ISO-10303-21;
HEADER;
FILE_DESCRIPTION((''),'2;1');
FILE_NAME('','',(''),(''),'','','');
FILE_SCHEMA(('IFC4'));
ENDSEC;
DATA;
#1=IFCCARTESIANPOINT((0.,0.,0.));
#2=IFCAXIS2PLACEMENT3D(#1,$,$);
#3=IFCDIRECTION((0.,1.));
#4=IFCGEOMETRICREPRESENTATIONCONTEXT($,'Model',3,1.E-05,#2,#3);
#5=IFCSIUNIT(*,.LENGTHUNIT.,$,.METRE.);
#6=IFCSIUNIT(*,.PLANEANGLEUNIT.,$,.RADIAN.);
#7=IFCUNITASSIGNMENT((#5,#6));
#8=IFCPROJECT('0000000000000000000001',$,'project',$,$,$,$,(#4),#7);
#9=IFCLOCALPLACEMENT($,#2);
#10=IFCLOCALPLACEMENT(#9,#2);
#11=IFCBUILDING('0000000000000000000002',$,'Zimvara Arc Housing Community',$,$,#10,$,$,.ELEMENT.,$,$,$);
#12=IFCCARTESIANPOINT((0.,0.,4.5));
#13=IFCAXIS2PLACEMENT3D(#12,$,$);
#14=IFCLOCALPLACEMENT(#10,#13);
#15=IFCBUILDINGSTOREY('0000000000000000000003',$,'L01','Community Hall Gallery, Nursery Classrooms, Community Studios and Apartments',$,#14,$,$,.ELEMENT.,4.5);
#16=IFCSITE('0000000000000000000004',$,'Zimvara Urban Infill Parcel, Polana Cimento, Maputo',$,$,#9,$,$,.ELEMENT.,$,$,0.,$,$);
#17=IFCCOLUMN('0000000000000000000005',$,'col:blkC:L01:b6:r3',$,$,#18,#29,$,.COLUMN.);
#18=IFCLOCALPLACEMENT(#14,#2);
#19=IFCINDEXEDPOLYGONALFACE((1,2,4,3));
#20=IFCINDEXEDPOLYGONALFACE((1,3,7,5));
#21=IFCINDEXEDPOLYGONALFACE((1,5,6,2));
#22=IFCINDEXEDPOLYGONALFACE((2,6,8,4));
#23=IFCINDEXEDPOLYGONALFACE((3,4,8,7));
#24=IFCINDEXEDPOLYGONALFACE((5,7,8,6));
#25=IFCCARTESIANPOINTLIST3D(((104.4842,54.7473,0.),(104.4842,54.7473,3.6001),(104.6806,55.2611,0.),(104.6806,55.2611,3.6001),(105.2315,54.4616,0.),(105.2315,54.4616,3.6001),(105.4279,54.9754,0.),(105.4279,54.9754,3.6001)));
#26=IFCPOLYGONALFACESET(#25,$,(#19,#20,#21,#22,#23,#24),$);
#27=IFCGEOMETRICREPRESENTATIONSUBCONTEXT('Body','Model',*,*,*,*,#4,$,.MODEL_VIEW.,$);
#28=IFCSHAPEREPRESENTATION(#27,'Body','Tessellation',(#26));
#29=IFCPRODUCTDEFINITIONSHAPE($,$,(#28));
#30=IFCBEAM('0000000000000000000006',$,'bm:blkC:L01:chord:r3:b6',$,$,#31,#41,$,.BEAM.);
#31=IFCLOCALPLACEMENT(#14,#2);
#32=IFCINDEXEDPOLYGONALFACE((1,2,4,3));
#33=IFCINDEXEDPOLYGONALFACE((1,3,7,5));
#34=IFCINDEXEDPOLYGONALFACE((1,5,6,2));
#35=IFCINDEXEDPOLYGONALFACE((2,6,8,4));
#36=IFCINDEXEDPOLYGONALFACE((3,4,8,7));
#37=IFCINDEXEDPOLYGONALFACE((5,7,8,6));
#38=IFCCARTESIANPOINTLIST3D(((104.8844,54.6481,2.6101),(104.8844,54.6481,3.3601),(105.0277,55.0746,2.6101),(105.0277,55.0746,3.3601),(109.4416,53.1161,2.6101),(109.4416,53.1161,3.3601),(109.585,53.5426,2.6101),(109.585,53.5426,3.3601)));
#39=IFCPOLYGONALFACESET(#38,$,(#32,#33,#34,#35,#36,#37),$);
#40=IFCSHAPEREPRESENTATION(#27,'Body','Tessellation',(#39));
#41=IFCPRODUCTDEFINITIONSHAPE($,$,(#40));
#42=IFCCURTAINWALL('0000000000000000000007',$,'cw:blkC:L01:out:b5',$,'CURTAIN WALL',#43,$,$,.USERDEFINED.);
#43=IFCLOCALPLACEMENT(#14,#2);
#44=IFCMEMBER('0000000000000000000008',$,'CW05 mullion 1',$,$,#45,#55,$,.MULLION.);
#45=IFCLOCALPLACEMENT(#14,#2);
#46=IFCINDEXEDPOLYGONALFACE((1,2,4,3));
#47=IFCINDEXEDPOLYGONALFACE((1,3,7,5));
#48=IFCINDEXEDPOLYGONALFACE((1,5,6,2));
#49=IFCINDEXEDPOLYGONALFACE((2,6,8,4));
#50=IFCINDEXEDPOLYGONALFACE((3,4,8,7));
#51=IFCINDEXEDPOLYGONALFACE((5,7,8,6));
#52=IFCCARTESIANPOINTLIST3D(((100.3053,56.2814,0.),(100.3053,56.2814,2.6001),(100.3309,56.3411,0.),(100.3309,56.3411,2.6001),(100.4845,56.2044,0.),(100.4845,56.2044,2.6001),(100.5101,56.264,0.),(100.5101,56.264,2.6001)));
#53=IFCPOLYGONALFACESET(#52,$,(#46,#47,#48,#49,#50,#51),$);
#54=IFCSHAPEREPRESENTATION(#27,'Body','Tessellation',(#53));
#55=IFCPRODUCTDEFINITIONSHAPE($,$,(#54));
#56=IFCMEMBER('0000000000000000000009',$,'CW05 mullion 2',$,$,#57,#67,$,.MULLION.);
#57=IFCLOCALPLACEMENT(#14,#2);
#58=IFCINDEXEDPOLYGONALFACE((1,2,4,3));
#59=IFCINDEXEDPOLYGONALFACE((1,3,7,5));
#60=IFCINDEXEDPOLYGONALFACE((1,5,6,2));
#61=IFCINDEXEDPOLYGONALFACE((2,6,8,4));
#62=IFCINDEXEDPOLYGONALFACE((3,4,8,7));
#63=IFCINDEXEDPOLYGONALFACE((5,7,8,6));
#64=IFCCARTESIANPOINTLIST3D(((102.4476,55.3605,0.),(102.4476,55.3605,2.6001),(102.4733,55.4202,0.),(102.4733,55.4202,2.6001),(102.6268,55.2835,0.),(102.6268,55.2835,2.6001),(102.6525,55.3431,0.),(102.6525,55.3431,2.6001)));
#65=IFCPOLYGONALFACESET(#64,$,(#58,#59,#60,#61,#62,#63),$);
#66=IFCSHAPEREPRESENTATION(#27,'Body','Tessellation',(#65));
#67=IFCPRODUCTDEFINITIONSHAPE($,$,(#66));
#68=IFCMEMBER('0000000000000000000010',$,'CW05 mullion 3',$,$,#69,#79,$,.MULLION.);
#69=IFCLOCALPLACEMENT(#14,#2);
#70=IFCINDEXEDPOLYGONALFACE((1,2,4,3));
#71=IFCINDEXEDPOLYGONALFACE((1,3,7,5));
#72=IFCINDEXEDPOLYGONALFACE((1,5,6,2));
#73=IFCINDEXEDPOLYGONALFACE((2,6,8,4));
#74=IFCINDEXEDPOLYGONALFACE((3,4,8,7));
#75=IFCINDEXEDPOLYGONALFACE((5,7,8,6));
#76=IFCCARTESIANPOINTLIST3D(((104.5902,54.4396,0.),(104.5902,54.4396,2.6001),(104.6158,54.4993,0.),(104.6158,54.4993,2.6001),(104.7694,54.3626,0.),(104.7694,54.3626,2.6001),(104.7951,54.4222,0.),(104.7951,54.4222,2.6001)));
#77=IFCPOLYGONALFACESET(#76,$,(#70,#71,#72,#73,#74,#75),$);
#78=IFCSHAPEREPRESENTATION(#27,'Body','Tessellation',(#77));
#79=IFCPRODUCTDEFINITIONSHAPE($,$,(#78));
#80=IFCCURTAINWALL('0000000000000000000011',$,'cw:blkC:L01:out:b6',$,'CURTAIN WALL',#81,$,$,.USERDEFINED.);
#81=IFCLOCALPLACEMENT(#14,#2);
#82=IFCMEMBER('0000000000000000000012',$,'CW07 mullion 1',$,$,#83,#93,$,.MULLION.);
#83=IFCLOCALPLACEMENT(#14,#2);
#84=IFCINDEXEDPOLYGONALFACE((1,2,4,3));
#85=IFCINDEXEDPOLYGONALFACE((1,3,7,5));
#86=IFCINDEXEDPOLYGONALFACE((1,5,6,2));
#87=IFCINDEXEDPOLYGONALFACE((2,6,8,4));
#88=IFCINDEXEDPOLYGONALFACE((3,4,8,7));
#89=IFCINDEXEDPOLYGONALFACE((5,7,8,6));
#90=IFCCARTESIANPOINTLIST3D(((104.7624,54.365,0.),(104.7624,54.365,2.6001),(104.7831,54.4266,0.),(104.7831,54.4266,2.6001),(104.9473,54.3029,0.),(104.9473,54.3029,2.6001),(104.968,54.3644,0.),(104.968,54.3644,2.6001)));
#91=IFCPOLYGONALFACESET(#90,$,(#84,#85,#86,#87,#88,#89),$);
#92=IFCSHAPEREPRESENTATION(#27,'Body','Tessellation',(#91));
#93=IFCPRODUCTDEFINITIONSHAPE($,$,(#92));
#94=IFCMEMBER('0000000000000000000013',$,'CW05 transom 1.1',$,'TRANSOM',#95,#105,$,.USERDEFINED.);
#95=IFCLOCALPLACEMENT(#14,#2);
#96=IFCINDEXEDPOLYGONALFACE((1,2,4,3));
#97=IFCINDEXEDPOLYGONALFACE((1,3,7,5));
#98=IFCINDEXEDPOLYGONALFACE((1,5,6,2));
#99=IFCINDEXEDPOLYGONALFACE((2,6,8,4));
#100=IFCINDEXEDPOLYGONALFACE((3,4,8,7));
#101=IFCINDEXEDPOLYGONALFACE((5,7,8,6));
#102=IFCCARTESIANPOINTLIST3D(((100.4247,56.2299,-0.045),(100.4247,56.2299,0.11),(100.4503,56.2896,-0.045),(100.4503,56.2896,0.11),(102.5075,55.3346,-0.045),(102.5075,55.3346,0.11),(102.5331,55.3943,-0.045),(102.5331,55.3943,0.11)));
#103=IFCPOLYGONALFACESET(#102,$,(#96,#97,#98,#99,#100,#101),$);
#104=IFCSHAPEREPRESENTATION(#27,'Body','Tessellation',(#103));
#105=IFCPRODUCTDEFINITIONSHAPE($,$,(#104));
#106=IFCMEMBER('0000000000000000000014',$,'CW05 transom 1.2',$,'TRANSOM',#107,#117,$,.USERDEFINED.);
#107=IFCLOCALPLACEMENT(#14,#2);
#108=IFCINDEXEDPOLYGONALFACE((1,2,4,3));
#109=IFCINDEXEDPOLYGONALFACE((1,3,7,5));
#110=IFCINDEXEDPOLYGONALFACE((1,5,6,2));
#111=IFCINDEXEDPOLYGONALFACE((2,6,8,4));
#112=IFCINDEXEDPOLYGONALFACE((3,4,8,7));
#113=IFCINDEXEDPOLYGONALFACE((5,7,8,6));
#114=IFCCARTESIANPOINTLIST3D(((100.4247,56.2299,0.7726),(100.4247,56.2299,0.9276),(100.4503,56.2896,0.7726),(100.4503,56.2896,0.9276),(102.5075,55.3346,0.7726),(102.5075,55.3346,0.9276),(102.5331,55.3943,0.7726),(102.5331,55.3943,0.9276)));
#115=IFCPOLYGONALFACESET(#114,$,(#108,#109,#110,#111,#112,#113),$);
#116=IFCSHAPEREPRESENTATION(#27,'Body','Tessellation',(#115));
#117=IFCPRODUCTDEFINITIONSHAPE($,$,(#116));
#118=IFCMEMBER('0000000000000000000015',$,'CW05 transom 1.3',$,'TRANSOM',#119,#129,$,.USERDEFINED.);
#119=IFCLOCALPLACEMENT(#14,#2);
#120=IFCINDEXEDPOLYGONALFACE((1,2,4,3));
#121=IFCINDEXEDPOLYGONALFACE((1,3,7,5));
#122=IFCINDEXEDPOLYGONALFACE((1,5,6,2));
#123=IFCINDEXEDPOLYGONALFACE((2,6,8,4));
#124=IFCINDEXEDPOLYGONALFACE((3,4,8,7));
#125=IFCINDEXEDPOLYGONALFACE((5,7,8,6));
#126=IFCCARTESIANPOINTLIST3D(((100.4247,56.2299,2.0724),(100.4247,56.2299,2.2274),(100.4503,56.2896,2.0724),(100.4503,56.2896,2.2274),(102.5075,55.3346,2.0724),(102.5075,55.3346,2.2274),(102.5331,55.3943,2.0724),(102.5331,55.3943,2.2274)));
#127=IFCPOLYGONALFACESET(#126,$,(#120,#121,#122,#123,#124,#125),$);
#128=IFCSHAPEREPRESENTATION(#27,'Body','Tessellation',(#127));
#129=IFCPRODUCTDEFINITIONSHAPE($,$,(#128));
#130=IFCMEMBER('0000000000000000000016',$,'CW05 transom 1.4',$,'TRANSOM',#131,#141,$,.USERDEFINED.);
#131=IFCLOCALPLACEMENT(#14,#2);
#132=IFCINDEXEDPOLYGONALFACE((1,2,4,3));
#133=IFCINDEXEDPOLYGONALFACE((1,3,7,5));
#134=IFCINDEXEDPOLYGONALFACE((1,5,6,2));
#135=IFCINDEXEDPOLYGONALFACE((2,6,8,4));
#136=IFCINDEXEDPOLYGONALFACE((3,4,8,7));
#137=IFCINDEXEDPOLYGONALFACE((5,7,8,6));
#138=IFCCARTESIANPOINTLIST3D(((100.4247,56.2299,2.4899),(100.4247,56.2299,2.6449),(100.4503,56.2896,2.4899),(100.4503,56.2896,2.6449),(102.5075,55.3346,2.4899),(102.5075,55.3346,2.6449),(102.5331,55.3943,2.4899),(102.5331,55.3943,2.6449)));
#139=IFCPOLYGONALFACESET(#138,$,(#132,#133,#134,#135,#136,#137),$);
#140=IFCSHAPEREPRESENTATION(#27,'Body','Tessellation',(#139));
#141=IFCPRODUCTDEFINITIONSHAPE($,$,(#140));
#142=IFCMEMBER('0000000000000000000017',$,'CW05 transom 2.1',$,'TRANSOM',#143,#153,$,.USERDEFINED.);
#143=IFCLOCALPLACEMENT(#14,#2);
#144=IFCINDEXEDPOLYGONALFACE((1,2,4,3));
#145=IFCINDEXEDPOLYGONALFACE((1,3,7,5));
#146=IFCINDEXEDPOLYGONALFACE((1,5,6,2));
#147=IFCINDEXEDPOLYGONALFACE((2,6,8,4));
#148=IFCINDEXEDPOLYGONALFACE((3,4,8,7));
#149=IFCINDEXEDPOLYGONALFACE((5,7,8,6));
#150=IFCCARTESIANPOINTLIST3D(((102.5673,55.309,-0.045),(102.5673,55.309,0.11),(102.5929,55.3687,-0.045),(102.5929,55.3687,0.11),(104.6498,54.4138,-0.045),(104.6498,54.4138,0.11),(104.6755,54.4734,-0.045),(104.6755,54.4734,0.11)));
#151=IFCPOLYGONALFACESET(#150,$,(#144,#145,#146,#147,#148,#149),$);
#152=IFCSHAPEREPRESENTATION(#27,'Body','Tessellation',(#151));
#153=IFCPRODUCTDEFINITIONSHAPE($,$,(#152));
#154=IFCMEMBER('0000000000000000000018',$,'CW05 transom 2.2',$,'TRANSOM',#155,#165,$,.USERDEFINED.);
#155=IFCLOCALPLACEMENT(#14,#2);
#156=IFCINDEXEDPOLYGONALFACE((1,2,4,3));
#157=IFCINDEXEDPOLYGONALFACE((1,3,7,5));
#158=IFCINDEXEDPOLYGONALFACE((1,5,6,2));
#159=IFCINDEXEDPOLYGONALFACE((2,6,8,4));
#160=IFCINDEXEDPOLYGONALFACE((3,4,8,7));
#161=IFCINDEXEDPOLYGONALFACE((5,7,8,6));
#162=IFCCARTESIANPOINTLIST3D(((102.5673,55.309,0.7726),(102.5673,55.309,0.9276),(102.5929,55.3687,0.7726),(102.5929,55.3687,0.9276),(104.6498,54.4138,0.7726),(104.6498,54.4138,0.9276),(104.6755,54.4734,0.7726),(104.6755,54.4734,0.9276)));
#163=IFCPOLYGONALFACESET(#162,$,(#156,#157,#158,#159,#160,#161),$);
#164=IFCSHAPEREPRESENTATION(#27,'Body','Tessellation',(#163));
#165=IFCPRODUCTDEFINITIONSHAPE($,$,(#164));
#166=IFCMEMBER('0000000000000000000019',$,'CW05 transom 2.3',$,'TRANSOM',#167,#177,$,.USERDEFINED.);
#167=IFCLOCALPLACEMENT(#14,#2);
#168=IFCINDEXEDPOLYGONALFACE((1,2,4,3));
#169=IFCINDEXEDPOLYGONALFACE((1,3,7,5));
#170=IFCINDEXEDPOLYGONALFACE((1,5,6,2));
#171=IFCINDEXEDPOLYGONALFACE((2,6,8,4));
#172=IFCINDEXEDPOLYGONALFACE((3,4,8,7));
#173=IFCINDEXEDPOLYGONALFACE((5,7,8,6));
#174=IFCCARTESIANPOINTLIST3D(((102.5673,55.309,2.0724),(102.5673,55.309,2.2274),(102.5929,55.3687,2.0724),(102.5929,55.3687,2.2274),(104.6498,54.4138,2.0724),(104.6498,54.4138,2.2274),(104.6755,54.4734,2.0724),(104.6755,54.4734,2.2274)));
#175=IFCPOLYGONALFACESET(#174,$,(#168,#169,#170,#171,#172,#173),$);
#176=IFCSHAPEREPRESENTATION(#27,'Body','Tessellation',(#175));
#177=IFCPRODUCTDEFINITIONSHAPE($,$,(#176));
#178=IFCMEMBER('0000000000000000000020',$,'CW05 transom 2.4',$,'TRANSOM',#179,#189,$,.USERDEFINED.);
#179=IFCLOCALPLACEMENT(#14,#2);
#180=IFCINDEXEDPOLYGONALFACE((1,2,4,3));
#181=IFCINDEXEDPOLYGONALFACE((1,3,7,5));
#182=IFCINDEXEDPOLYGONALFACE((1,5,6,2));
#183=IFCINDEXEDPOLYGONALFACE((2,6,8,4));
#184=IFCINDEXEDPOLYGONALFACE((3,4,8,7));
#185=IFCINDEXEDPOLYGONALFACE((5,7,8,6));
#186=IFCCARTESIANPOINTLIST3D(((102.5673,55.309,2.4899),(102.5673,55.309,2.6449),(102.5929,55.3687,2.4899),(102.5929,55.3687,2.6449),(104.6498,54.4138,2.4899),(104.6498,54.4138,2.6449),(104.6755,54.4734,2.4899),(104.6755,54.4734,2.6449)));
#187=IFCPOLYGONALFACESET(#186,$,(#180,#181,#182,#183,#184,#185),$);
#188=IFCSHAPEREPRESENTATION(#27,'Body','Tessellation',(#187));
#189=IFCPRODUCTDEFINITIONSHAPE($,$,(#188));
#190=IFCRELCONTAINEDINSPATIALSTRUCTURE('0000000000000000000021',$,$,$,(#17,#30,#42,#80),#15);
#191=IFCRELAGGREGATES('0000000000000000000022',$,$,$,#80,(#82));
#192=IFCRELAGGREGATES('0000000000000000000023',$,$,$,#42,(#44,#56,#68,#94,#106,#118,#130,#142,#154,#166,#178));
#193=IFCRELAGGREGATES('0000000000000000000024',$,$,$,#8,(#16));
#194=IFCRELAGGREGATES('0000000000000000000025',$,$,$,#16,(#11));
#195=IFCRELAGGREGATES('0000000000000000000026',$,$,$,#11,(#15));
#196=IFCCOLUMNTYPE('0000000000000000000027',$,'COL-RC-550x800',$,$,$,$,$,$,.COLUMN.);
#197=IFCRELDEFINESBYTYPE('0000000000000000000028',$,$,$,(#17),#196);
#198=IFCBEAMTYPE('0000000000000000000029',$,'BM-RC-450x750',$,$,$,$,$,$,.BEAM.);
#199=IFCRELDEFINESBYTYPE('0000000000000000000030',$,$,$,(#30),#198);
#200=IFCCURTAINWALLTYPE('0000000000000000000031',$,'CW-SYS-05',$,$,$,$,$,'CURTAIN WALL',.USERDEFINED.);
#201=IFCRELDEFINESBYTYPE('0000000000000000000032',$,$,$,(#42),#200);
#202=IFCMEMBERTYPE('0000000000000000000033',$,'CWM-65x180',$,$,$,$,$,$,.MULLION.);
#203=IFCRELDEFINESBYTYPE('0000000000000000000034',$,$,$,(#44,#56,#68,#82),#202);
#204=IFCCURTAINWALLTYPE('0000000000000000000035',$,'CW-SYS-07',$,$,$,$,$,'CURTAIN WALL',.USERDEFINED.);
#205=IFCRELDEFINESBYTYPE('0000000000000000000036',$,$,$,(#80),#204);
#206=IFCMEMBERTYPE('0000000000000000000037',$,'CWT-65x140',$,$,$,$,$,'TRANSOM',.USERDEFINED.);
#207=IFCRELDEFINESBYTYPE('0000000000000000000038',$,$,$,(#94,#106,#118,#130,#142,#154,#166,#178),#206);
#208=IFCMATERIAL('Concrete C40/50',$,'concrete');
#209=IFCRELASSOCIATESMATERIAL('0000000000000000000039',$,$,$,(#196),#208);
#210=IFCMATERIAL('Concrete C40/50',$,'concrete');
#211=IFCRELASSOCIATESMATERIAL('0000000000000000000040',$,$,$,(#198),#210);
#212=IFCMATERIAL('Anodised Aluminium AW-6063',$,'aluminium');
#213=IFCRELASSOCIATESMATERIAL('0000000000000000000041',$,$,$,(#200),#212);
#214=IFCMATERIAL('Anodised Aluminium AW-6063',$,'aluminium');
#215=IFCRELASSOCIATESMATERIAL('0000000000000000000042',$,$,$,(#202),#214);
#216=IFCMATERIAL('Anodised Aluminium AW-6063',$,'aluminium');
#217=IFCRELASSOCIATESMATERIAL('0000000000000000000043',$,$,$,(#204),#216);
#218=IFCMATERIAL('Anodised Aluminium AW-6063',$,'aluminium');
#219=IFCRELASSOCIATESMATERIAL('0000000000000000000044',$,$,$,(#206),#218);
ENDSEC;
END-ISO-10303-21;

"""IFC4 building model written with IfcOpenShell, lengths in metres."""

from ifc_helpers import new_model, si_unit, direction, frame, origin, origin_2d, place, context, subcontext, project, spatial, rectangle, extrude, material, material_profile, profile_set, type_object, element, aggregate, save


model = new_model("IFC4")

# Units and contexts
model_context = context("Model", 3, precision=1e-05, world=origin(), true_north=direction((0.0, 1.0)))
body_context = subcontext(model_context, "Body", "Model", "MODEL_VIEW")
ifc_project = project(units=[si_unit("LENGTHUNIT", "METRE"), si_unit("PLANEANGLEUNIT", "RADIAN")], contexts=[model_context])

# Site, building, storey
site_placement = place(None, origin())
site = spatial("IfcSite", under=ifc_project, at=site_placement, Name="Zimvara Urban Infill Parcel, Polana Cimento, Maputo", CompositionType="ELEMENT", RefElevation=0.0)
building_placement = place(site_placement, origin())
building = spatial("IfcBuilding", under=site, at=building_placement, Name="Zimvara Arc Housing Community", CompositionType="ELEMENT")
storey_placement = place(building_placement, frame((0.0, 0.0, 4.5)))
storey = spatial("IfcBuildingStorey", under=building, at=storey_placement, Name="L01", Description="Community Hall Gallery, Nursery Classrooms, Community Studios and Apartments", CompositionType="ELEMENT", Elevation=4.5)

# Column
ifc_material_1 = material(Name="Concrete C40/50", Category="concrete")
ifc_material_profile_1 = material_profile(ifc_material_1, rectangle(XDim=0.55, YDim=0.8, at=origin_2d()), Name="RC 550x800")
ifc_profile_set_1 = profile_set([ifc_material_profile_1], Name="Concrete C40/50")
column_type = type_object("IfcColumnType", Name="COL-RC-550x800", PredefinedType="COLUMN", material=ifc_profile_set_1)
column_placement = place(storey_placement, frame((104.9561, 54.8613, 0.0), z_axis=(0.0, 0.0, 1.0), x_axis=(-0.357064, -0.93408, 0.0)))
element("IfcColumn", 1, at=column_placement, inside=storey, type_object=column_type, Name="col:blkC:L01:b6:r3", PredefinedType="COLUMN", context=body_context, shape_type="SweptSolid", body=[
    extrude(rectangle(XDim=0.55, YDim=0.8, at=origin_2d()), origin(), (0.0, 0.0, 1.0), 3.6001),
])

# Beam
ifc_material_2 = material(Name="Concrete C40/50", Category="concrete")
ifc_material_profile_2 = material_profile(ifc_material_2, rectangle(XDim=0.45, YDim=0.75, at=origin_2d()), Name="RC 450x750")
ifc_profile_set_2 = profile_set([ifc_material_profile_2], Name="Concrete C40/50")
beam_type = type_object("IfcBeamType", Name="BM-RC-450x750", PredefinedType="BEAM", material=ifc_profile_set_2)
beam_placement = place(storey_placement, frame((104.9561, 54.8613, 2.9851), z_axis=(0.947878, -0.318634, 0.0), x_axis=(0.318634, 0.947878, 0.0)))
element("IfcBeam", 2, at=beam_placement, inside=storey, type_object=beam_type, Name="bm:blkC:L01:chord:r3:b6", PredefinedType="BEAM", context=body_context, shape_type="SweptSolid", body=[
    extrude(rectangle(XDim=0.45, YDim=0.75, at=origin_2d()), origin(), (0.0, 0.0, 1.0), 4.8079),
])

# Curtain wall, members
ifc_material_3 = material(Name="Anodised Aluminium AW-6063", Category="aluminium")
curtain_wall_type_1 = type_object("IfcCurtainWallType", Name="CW-SYS-05", ElementType="CURTAIN WALL", PredefinedType="USERDEFINED", material=ifc_material_3)
curtain_wall_1_placement = place(storey_placement, origin())
curtain_wall_1 = element("IfcCurtainWall", 3, at=curtain_wall_1_placement, inside=storey, type_object=curtain_wall_type_1, Name="cw:blkC:L01:out:b5", ObjectType="CURTAIN WALL", PredefinedType="USERDEFINED")
ifc_material_4 = material(Name="Anodised Aluminium AW-6063", Category="aluminium")
ifc_material_profile_3 = material_profile(ifc_material_4, rectangle(XDim=0.0649, YDim=0.1951, at=origin_2d()), Name="ALU 65x195")
ifc_profile_set_3 = profile_set([ifc_material_profile_3], Name="Anodised Aluminium AW-6063")
member_type_1 = type_object("IfcMemberType", Name="CWM-65x180", PredefinedType="MULLION", material=ifc_profile_set_3)
member_1_placement = place(storey_placement, frame((100.4077, 56.2727, 0.0), z_axis=(0.0, 0.0, 1.0), x_axis=(0.394904, 0.918722, 0.0)))
member_1 = element("IfcMember", 4, at=member_1_placement, type_object=member_type_1, Name="CW05 mullion 1", PredefinedType="MULLION", context=body_context, shape_type="SweptSolid", body=[
    extrude(rectangle(XDim=0.0649, YDim=0.1951, at=origin_2d()), origin(), (0.0, 0.0, 1.0), 2.6001),
])
member_2_placement = place(storey_placement, frame((102.55, 55.3518, 0.0), z_axis=(0.0, 0.0, 1.0), x_axis=(0.394904, 0.918722, 0.0)))
member_2 = element("IfcMember", 5, at=member_2_placement, type_object=member_type_1, Name="CW05 mullion 2", PredefinedType="MULLION", context=body_context, shape_type="SweptSolid", body=[
    extrude(rectangle(XDim=0.0649, YDim=0.1951, at=origin_2d()), origin(), (0.0, 0.0, 1.0), 2.6001),
])
member_3_placement = place(storey_placement, frame((104.6926, 54.4309, 0.0), z_axis=(0.0, 0.0, 1.0), x_axis=(0.394904, 0.918722, 0.0)))
member_3 = element("IfcMember", 6, at=member_3_placement, type_object=member_type_1, Name="CW05 mullion 3", PredefinedType="MULLION", context=body_context, shape_type="SweptSolid", body=[
    extrude(rectangle(XDim=0.0649, YDim=0.1951, at=origin_2d()), origin(), (0.0, 0.0, 1.0), 2.6001),
])

# Curtain wall, member
ifc_material_5 = material(Name="Anodised Aluminium AW-6063", Category="aluminium")
curtain_wall_type_2 = type_object("IfcCurtainWallType", Name="CW-SYS-07", ElementType="CURTAIN WALL", PredefinedType="USERDEFINED", material=ifc_material_5)
curtain_wall_2_placement = place(storey_placement, origin())
curtain_wall_2 = element("IfcCurtainWall", 7, at=curtain_wall_2_placement, inside=storey, type_object=curtain_wall_type_2, Name="cw:blkC:L01:out:b6", ObjectType="CURTAIN WALL", PredefinedType="USERDEFINED")
member_4_placement = place(storey_placement, frame((104.8652, 54.3647, 0.0), z_axis=(0.0, 0.0, 1.0), x_axis=(0.318629, 0.94788, 0.0)))
member_4 = element("IfcMember", 8, at=member_4_placement, type_object=member_type_1, Name="CW07 mullion 1", PredefinedType="MULLION", context=body_context, shape_type="SweptSolid", body=[
    extrude(rectangle(XDim=0.0649, YDim=0.1951, at=origin_2d()), origin(), (0.0, 0.0, 1.0), 2.6001),
])
aggregate(curtain_wall_2, [member_4])

# Members
ifc_material_6 = material(Name="Anodised Aluminium AW-6063", Category="aluminium")
ifc_material_profile_4 = material_profile(ifc_material_6, rectangle(XDim=0.0649, YDim=0.155, at=origin_2d()), Name="ALU 65x155")
ifc_profile_set_4 = profile_set([ifc_material_profile_4], Name="Anodised Aluminium AW-6063")
member_type_2 = type_object("IfcMemberType", Name="CWT-65x140", ElementType="TRANSOM", PredefinedType="USERDEFINED", material=ifc_profile_set_4)
member_5_placement = place(storey_placement, frame((100.4375, 56.2598, 0.0325), z_axis=(0.918721, -0.394907, 0.0), x_axis=(0.394907, 0.918721, 0.0)))
member_5 = element("IfcMember", 9, at=member_5_placement, type_object=member_type_2, Name="CW05 transom 1.1", ObjectType="TRANSOM", PredefinedType="USERDEFINED", context=body_context, shape_type="SweptSolid", body=[
    extrude(rectangle(XDim=0.0649, YDim=0.155, at=origin_2d()), origin(), (0.0, 0.0, 1.0), 2.2671),
])
member_6_placement = place(storey_placement, frame((100.4375, 56.2598, 0.8501), z_axis=(0.918721, -0.394907, 0.0), x_axis=(0.394907, 0.918721, 0.0)))
member_6 = element("IfcMember", 10, at=member_6_placement, type_object=member_type_2, Name="CW05 transom 1.2", ObjectType="TRANSOM", PredefinedType="USERDEFINED", context=body_context, shape_type="SweptSolid", body=[
    extrude(rectangle(XDim=0.0649, YDim=0.155, at=origin_2d()), origin(), (0.0, 0.0, 1.0), 2.2671),
])
member_7_placement = place(storey_placement, frame((100.4375, 56.2598, 2.1499), z_axis=(0.918721, -0.394907, 0.0), x_axis=(0.394907, 0.918721, 0.0)))
member_7 = element("IfcMember", 11, at=member_7_placement, type_object=member_type_2, Name="CW05 transom 1.3", ObjectType="TRANSOM", PredefinedType="USERDEFINED", context=body_context, shape_type="SweptSolid", body=[
    extrude(rectangle(XDim=0.0649, YDim=0.155, at=origin_2d()), origin(), (0.0, 0.0, 1.0), 2.2671),
])
member_8_placement = place(storey_placement, frame((100.4375, 56.2598, 2.5674), z_axis=(0.918721, -0.394907, 0.0), x_axis=(0.394907, 0.918721, 0.0)))
member_8 = element("IfcMember", 12, at=member_8_placement, type_object=member_type_2, Name="CW05 transom 1.4", ObjectType="TRANSOM", PredefinedType="USERDEFINED", context=body_context, shape_type="SweptSolid", body=[
    extrude(rectangle(XDim=0.0649, YDim=0.155, at=origin_2d()), origin(), (0.0, 0.0, 1.0), 2.2671),
])
member_9_placement = place(storey_placement, frame((102.5801, 55.3389, 0.0325), z_axis=(0.918704, -0.394946, 0.0), x_axis=(0.394946, 0.918704, 0.0)))
member_9 = element("IfcMember", 13, at=member_9_placement, type_object=member_type_2, Name="CW05 transom 2.1", ObjectType="TRANSOM", PredefinedType="USERDEFINED", context=body_context, shape_type="SweptSolid", body=[
    extrude(rectangle(XDim=0.0649, YDim=0.155, at=origin_2d()), origin(), (0.0, 0.0, 1.0), 2.2668),
])
member_10_placement = place(storey_placement, frame((102.5801, 55.3389, 0.8501), z_axis=(0.918704, -0.394946, 0.0), x_axis=(0.394946, 0.918704, 0.0)))
member_10 = element("IfcMember", 14, at=member_10_placement, type_object=member_type_2, Name="CW05 transom 2.2", ObjectType="TRANSOM", PredefinedType="USERDEFINED", context=body_context, shape_type="SweptSolid", body=[
    extrude(rectangle(XDim=0.0649, YDim=0.155, at=origin_2d()), origin(), (0.0, 0.0, 1.0), 2.2668),
])
member_11_placement = place(storey_placement, frame((102.5801, 55.3389, 2.1499), z_axis=(0.918704, -0.394946, 0.0), x_axis=(0.394946, 0.918704, 0.0)))
member_11 = element("IfcMember", 15, at=member_11_placement, type_object=member_type_2, Name="CW05 transom 2.3", ObjectType="TRANSOM", PredefinedType="USERDEFINED", context=body_context, shape_type="SweptSolid", body=[
    extrude(rectangle(XDim=0.0649, YDim=0.155, at=origin_2d()), origin(), (0.0, 0.0, 1.0), 2.2668),
])
member_12_placement = place(storey_placement, frame((102.5801, 55.3389, 2.5674), z_axis=(0.918704, -0.394946, 0.0), x_axis=(0.394946, 0.918704, 0.0)))
member_12 = element("IfcMember", 16, at=member_12_placement, type_object=member_type_2, Name="CW05 transom 2.4", ObjectType="TRANSOM", PredefinedType="USERDEFINED", context=body_context, shape_type="SweptSolid", body=[
    extrude(rectangle(XDim=0.0649, YDim=0.155, at=origin_2d()), origin(), (0.0, 0.0, 1.0), 2.2668),
])

aggregate(curtain_wall_1, [member_1, member_2, member_3, member_5, member_6, member_7, member_8, member_9, member_10, member_11, member_12])

save(model, "model.ifc")
